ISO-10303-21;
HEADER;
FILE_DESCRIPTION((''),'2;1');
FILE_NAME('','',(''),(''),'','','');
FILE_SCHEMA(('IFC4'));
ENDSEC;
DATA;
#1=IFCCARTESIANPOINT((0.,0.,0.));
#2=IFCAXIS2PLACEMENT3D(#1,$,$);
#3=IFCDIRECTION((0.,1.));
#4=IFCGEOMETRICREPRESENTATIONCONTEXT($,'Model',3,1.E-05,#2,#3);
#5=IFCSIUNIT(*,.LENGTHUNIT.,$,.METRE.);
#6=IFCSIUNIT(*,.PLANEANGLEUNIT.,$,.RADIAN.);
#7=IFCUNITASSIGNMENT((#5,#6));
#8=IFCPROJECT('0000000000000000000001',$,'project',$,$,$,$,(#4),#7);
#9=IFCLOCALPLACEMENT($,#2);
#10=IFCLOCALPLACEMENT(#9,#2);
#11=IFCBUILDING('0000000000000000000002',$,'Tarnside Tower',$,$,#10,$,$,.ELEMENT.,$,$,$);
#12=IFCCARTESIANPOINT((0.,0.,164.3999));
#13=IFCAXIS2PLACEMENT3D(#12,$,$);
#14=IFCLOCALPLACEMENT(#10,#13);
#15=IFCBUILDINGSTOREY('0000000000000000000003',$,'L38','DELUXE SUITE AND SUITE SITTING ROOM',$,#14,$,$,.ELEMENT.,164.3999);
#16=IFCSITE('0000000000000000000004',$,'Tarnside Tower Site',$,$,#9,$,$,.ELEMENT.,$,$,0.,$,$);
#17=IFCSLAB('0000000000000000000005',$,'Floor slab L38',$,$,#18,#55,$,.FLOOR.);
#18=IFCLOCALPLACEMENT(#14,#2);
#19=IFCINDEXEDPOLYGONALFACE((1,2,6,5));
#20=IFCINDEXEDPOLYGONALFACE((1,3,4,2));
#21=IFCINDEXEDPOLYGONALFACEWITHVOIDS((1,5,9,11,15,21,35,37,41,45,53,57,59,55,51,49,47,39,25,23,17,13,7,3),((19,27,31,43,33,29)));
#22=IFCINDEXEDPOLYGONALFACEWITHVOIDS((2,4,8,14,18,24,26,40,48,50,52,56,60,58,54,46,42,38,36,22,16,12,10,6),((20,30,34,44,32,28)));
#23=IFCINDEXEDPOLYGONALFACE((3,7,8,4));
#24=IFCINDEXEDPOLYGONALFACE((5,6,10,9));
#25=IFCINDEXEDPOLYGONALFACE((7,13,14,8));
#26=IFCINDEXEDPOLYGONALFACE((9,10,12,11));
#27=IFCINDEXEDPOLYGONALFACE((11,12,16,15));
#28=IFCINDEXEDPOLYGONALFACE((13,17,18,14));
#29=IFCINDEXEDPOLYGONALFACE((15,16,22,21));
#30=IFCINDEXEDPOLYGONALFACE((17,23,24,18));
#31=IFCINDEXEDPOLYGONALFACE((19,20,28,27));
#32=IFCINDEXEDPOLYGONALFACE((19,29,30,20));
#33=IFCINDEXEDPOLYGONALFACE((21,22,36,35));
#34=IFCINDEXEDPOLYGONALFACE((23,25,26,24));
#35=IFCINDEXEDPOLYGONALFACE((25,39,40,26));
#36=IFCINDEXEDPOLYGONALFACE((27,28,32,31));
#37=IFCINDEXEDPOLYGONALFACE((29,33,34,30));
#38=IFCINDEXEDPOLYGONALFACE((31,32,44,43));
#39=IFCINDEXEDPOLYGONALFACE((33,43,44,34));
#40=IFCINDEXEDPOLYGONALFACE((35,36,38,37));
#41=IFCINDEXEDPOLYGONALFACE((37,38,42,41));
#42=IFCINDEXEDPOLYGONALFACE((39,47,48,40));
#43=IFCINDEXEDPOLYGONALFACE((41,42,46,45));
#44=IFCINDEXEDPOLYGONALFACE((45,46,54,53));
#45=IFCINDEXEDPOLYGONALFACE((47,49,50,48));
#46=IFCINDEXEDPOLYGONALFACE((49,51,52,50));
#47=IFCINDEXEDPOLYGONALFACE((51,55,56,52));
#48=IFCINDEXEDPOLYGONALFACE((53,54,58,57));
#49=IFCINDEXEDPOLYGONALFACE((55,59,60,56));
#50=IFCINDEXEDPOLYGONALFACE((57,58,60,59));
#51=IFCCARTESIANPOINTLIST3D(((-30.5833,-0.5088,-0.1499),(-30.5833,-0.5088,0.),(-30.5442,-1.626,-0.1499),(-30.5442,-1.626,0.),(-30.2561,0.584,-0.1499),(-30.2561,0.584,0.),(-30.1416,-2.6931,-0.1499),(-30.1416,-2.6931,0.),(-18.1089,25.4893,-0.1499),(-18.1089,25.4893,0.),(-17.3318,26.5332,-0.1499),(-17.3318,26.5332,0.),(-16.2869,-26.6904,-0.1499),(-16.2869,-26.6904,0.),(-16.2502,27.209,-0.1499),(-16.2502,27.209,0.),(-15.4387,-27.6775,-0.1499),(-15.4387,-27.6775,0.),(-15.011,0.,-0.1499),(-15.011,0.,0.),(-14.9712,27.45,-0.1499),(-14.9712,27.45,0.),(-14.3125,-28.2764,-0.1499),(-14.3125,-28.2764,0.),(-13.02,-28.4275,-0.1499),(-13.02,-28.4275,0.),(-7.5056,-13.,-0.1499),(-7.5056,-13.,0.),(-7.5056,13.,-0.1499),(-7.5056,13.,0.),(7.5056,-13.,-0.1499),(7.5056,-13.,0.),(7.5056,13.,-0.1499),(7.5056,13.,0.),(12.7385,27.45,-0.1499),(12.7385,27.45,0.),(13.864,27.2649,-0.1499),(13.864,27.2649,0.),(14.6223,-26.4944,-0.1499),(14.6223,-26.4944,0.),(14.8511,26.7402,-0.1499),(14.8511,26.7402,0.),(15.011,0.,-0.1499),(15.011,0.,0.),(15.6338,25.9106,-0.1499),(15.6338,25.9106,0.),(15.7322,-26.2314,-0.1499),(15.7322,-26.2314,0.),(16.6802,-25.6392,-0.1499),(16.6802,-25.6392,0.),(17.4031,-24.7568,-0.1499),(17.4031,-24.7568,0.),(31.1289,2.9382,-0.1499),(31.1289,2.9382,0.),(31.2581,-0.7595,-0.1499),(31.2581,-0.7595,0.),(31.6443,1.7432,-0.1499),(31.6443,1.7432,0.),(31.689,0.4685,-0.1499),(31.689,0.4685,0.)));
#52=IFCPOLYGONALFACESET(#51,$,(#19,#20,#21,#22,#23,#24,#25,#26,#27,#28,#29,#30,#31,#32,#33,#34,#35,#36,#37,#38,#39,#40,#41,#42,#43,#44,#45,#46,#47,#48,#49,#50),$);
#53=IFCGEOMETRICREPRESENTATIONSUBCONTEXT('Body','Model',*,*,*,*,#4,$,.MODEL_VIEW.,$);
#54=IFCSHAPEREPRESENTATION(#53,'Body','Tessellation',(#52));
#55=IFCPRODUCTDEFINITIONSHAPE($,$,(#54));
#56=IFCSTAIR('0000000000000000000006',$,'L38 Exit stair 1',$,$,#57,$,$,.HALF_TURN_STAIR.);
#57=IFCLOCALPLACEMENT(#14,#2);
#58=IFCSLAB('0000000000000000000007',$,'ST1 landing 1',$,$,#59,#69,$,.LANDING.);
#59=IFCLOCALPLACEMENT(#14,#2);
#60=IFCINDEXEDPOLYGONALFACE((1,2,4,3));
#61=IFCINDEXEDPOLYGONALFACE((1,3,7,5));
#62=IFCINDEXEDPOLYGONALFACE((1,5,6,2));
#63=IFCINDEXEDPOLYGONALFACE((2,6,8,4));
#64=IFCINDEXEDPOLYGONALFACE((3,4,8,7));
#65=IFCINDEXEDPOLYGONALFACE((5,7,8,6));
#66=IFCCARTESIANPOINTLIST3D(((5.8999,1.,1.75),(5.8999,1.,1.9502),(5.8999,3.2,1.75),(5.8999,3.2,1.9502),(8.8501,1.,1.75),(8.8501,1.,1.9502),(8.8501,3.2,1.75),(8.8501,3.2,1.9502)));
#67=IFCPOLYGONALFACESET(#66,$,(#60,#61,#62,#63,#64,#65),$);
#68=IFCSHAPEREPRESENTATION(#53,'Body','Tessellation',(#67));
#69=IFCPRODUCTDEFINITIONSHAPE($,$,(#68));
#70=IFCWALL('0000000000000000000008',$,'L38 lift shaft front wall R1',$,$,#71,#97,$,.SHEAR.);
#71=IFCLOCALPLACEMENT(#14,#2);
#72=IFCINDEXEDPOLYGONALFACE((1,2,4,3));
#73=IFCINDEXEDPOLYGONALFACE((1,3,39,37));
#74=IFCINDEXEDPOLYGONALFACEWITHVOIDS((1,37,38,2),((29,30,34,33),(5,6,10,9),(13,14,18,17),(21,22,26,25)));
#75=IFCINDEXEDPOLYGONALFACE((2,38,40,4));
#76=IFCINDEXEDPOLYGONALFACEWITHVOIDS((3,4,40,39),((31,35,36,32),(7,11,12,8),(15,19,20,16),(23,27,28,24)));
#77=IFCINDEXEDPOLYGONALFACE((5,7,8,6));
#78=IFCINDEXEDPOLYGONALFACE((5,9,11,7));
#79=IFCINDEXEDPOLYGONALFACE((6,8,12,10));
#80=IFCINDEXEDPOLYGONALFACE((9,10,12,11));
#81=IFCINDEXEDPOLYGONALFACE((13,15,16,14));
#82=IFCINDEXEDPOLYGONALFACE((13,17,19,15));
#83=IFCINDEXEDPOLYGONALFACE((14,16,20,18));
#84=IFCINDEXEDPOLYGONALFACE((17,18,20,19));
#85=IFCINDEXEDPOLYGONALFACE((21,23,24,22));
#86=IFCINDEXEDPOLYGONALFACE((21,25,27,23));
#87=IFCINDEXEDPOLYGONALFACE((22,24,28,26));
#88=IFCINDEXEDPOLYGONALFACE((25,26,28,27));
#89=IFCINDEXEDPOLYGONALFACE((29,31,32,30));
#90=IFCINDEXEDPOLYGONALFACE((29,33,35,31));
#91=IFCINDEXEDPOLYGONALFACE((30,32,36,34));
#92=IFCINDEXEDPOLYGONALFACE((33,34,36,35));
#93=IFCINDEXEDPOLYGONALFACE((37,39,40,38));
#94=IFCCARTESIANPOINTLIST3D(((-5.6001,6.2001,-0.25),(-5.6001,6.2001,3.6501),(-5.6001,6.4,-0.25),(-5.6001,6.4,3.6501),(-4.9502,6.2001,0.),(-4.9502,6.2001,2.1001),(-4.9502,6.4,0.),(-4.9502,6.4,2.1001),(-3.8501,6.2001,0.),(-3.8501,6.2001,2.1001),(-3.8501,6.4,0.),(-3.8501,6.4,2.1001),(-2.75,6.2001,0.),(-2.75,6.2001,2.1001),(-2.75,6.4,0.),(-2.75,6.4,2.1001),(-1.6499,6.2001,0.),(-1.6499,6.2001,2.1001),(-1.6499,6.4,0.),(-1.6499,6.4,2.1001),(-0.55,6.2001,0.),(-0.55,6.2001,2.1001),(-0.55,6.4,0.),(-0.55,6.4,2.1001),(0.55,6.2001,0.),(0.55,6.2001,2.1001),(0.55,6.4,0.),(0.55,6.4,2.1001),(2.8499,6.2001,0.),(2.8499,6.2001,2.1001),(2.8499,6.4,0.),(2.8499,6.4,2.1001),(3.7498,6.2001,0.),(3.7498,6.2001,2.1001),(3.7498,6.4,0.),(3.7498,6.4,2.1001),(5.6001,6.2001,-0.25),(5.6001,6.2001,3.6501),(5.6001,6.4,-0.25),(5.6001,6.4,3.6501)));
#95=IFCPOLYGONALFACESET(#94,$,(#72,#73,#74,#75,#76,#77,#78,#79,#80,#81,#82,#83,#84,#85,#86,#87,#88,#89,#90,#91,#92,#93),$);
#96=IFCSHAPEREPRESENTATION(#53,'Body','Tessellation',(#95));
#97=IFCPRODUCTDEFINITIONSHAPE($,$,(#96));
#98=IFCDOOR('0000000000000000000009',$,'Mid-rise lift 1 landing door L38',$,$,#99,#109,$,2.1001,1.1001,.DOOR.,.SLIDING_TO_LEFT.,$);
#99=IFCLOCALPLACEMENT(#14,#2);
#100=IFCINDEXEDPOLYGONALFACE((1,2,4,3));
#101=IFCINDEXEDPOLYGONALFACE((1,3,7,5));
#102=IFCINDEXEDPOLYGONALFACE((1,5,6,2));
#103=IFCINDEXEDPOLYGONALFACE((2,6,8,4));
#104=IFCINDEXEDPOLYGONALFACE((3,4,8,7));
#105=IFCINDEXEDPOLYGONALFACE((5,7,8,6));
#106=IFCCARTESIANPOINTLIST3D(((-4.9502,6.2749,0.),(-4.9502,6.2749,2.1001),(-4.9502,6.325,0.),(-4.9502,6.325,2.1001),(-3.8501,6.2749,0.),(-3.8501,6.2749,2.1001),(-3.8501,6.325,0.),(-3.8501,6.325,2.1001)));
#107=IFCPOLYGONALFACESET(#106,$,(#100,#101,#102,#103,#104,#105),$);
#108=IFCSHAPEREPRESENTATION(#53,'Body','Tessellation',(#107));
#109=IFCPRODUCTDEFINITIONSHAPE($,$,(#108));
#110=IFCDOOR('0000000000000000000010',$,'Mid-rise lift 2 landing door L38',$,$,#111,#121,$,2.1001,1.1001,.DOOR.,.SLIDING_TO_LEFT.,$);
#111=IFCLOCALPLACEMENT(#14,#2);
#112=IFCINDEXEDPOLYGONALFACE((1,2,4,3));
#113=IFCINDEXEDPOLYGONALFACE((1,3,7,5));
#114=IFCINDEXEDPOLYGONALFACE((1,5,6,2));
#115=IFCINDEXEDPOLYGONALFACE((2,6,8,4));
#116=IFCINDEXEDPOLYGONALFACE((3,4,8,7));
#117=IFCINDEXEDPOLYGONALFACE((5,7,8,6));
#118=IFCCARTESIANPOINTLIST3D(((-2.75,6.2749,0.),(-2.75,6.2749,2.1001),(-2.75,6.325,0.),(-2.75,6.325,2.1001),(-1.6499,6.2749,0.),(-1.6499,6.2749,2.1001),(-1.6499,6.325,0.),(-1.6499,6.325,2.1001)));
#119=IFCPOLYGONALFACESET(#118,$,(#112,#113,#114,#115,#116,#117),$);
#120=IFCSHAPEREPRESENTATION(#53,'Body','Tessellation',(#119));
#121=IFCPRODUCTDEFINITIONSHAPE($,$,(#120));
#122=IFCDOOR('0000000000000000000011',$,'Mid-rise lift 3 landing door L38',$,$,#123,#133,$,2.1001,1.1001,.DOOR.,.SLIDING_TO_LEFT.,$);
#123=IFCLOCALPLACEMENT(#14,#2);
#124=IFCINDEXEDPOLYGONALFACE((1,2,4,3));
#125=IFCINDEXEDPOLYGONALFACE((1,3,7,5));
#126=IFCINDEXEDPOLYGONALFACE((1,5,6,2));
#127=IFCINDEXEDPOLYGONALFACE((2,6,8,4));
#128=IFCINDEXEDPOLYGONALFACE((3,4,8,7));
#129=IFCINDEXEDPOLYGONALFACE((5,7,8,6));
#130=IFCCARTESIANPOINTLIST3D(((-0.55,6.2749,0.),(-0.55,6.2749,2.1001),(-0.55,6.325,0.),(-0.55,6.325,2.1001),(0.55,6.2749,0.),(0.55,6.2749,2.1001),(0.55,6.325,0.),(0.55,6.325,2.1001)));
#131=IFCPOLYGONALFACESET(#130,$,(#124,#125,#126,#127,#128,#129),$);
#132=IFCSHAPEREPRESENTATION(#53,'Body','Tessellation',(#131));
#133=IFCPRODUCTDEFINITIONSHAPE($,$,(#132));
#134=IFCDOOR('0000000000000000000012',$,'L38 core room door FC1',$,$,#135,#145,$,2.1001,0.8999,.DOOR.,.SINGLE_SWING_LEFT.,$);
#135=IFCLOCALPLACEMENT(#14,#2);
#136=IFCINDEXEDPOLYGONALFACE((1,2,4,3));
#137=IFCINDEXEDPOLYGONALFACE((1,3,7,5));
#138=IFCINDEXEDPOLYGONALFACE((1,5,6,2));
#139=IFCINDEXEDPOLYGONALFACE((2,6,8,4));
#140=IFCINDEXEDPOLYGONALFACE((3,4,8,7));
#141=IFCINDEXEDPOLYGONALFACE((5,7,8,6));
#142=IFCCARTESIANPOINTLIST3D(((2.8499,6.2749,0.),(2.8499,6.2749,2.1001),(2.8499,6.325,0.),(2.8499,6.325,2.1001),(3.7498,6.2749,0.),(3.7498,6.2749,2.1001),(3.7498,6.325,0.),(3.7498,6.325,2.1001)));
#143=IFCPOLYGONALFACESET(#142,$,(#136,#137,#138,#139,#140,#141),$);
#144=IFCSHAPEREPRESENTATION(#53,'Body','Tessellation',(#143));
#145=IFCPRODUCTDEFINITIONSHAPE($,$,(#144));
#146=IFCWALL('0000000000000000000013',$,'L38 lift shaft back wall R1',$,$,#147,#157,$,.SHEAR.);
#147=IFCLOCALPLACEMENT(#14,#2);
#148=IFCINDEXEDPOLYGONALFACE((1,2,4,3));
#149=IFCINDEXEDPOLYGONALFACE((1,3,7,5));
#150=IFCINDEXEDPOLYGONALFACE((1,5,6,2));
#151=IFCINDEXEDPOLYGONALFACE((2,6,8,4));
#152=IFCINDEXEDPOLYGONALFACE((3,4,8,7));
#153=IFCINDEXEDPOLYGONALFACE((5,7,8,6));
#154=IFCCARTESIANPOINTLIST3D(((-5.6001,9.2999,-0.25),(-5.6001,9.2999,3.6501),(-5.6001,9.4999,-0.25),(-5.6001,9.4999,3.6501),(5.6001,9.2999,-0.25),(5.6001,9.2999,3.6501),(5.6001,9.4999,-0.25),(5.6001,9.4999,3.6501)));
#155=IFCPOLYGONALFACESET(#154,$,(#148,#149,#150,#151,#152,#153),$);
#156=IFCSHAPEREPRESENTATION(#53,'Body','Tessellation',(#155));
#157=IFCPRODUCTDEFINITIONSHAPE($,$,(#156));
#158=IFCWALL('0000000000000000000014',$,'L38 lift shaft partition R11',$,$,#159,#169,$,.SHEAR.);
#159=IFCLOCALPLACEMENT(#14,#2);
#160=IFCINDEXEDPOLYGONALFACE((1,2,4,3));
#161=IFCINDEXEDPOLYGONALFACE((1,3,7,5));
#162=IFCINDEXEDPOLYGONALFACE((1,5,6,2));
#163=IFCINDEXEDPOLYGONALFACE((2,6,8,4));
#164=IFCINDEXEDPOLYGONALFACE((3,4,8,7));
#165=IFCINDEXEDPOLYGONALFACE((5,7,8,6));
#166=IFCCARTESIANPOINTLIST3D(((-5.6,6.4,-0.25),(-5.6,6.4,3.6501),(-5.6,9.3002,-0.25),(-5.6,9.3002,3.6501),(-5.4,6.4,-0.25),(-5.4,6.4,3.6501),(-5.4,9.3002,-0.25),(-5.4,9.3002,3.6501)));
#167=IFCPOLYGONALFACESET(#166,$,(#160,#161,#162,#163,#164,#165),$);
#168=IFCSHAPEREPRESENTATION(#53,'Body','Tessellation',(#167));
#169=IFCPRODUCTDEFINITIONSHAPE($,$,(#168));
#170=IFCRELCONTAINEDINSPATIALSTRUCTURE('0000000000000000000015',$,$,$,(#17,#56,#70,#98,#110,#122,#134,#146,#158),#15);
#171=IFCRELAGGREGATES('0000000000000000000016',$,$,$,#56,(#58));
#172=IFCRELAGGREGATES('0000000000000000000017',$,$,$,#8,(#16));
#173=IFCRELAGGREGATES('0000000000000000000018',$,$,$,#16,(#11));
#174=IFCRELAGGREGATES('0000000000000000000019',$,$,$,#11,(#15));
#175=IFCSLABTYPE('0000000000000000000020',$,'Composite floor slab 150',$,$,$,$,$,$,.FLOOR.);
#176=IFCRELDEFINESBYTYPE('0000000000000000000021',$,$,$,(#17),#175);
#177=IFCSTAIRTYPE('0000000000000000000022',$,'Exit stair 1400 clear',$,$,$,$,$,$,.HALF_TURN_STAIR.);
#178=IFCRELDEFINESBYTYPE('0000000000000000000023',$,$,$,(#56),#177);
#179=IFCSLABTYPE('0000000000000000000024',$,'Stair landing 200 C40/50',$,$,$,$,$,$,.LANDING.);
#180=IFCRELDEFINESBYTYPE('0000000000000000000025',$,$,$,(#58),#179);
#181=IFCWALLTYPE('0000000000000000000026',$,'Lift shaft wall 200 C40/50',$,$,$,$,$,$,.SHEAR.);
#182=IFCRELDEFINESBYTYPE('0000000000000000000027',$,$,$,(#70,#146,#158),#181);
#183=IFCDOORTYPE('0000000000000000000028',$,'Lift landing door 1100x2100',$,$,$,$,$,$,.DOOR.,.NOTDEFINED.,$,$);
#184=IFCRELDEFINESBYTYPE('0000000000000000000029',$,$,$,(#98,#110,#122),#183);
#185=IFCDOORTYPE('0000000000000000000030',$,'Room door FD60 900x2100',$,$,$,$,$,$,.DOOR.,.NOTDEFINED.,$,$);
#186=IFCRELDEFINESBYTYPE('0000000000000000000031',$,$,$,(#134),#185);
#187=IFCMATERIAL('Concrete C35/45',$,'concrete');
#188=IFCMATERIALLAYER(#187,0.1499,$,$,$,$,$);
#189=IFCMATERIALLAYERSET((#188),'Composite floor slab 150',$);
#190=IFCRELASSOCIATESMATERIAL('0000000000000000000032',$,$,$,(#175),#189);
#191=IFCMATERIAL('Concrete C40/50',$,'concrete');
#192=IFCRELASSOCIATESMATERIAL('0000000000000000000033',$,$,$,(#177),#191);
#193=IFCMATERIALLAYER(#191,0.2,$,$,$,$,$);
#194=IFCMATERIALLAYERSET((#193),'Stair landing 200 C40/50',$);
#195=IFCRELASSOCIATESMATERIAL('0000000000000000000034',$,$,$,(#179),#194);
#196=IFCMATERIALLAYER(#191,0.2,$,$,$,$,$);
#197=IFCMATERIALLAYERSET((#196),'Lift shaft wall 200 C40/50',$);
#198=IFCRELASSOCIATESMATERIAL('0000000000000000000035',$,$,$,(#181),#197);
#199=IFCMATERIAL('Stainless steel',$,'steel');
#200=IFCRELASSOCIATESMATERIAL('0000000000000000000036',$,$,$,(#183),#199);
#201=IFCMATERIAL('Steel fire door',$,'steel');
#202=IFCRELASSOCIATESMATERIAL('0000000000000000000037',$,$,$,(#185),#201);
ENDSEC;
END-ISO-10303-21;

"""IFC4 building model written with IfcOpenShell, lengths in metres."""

from ifc_helpers import new_model, si_unit, direction, frame, frame_2d, origin, place, context, subcontext, project, spatial, polyline, rectangle, outline, extrude, material, layer, layer_set, type_object, element, fill, aggregate, save


model = new_model("IFC4")

# Units and contexts
model_context = context("Model", 3, precision=1e-05, world=origin(), true_north=direction((0.0, 1.0)))
body_context = subcontext(model_context, "Body", "Model", "MODEL_VIEW")
ifc_project = project(units=[si_unit("LENGTHUNIT", "METRE"), si_unit("PLANEANGLEUNIT", "RADIAN")], contexts=[model_context])

# Site, building, storey
site_placement = place(None, origin())
site = spatial("IfcSite", under=ifc_project, at=site_placement, Name="Tarnside Tower Site", CompositionType="ELEMENT", RefElevation=0.0)
building_placement = place(site_placement, origin())
building = spatial("IfcBuilding", under=site, at=building_placement, Name="Tarnside Tower", CompositionType="ELEMENT")
storey_placement = place(building_placement, frame((0.0, 0.0, 164.3999)))
storey = spatial("IfcBuildingStorey", under=building, at=storey_placement, Name="L38", Description="DELUXE SUITE AND SUITE SITTING ROOM", CompositionType="ELEMENT", Elevation=164.3999)

# Slab
ifc_material_1 = material(Name="Concrete C35/45", Category="concrete")
ifc_layer_1 = layer(ifc_material_1, 0.1499)
ifc_layer_set_1 = layer_set([ifc_layer_1], Name="Composite floor slab 150")
slab_type_1 = type_object("IfcSlabType", Name="Composite floor slab 150", PredefinedType="FLOOR", material=ifc_layer_set_1)
slab_1_placement = place(storey_placement, frame((0.0, 0.0, -0.1499)))
element("IfcSlab", 1, at=slab_1_placement, inside=storey, type_object=slab_type_1, Name="Floor slab L38", PredefinedType="FLOOR", context=body_context, shape_type="SweptSolid", body=[
    extrude(outline(polyline([(13.864, 27.2649), (14.8511, 26.7402), (15.6338, 25.9106), (31.1289, 2.9382), (31.6443, 1.7432), (31.689, 0.4685), (31.2581, -0.7595), (17.4031, -24.7568), (16.6802, -25.6392), (15.7322, -26.2314), (14.6223, -26.4944), (-13.02, -28.4275), (-14.3125, -28.2764), (-15.4387, -27.6775), (-16.2869, -26.6904), (-30.1416, -2.6931), (-30.5442, -1.626), (-30.5833, -0.5088), (-30.2561, 0.584), (-18.1089, 25.4893), (-17.3318, 26.5332), (-16.2502, 27.209), (-14.9712, 27.45), (12.7385, 27.45), (13.864, 27.2649)]), holes=[polyline([(-15.011, 0.0), (-7.5056, -13.0), (7.5056, -13.0), (15.011, 0.0), (7.5056, 13.0), (-7.5056, 13.0), (-15.011, 0.0)])]), origin(), (0.0, 0.0, 1.0), 0.1499),
])

# Stair, slab
ifc_material_2 = material(Name="Concrete C40/50", Category="concrete")
stair_type = type_object("IfcStairType", Name="Exit stair 1400 clear", PredefinedType="HALF_TURN_STAIR", material=ifc_material_2)
stair_placement = place(storey_placement, origin())
stair = element("IfcStair", 2, at=stair_placement, inside=storey, type_object=stair_type, Name="L38 Exit stair 1", PredefinedType="HALF_TURN_STAIR")
ifc_layer_2 = layer(ifc_material_2, 0.2)
ifc_layer_set_2 = layer_set([ifc_layer_2], Name="Stair landing 200 C40/50")
slab_type_2 = type_object("IfcSlabType", Name="Stair landing 200 C40/50", PredefinedType="LANDING", material=ifc_layer_set_2)
slab_2_placement = place(storey_placement, frame((0.0, 0.0, 1.75)))
slab_2 = element("IfcSlab", 3, at=slab_2_placement, type_object=slab_type_2, Name="ST1 landing 1", PredefinedType="LANDING", context=body_context, shape_type="SweptSolid", body=[
    extrude(outline(polyline([(8.8501, 1.0), (8.8501, 3.2), (5.8999, 3.2), (5.8999, 1.0), (8.8501, 1.0)])), origin(), (0.0, 0.0, 1.0), 0.2002),
])
aggregate(stair, [slab_2])

# Wall, openings, doors
ifc_layer_3 = layer(ifc_material_2, 0.2)
ifc_layer_set_3 = layer_set([ifc_layer_3], Name="Lift shaft wall 200 C40/50")
wall_type = type_object("IfcWallType", Name="Lift shaft wall 200 C40/50", PredefinedType="SHEAR", material=ifc_layer_set_3)
wall_1_placement = place(storey_placement, frame((-5.6001, 6.3, -0.25), z_axis=(0.0, 0.0, 1.0), x_axis=(1.0, 0.0, 0.0)))
wall_1 = element("IfcWall", 4, at=wall_1_placement, inside=storey, type_object=wall_type, Name="L38 lift shaft front wall R1", PredefinedType="SHEAR", context=body_context, shape_type="SweptSolid", body=[
    extrude(rectangle(XDim=11.2002, YDim=0.2, at=frame_2d((5.6001, 0.0))), origin(), (0.0, 0.0, 1.0), 3.9001),
])
opening_1_placement = place(wall_1_placement, frame((8.45, 0.0, 0.25)))
opening_1 = element("IfcOpeningElement", 5, at=opening_1_placement, cuts=wall_1, PredefinedType="OPENING", context=body_context, shape_type="SweptSolid", body=[
    extrude(rectangle(XDim=0.8999, YDim=2.1001, at=frame_2d((0.45, 1.05))), frame((0.0, 0.1099, 0.0), z_axis=(0.0, -1.0, 0.0), x_axis=(1.0, 0.0, 0.0)), (0.0, 0.0, 1.0), 0.22),
])
opening_2_placement = place(wall_1_placement, frame((0.6499, 0.0, 0.25)))
opening_2 = element("IfcOpeningElement", 6, at=opening_2_placement, cuts=wall_1, PredefinedType="OPENING", context=body_context, shape_type="SweptSolid", body=[
    extrude(rectangle(XDim=1.1001, YDim=2.1001, at=frame_2d((0.55, 1.05))), frame((0.0, 0.1099, 0.0), z_axis=(0.0, -1.0, 0.0), x_axis=(1.0, 0.0, 0.0)), (0.0, 0.0, 1.0), 0.22),
])
opening_3_placement = place(wall_1_placement, frame((2.8501, 0.0, 0.25)))
opening_3 = element("IfcOpeningElement", 7, at=opening_3_placement, cuts=wall_1, PredefinedType="OPENING", context=body_context, shape_type="SweptSolid", body=[
    extrude(rectangle(XDim=1.1001, YDim=2.1001, at=frame_2d((0.55, 1.05))), frame((0.0, 0.1099, 0.0), z_axis=(0.0, -1.0, 0.0), x_axis=(1.0, 0.0, 0.0)), (0.0, 0.0, 1.0), 0.22),
])
opening_4_placement = place(wall_1_placement, frame((5.05, 0.0, 0.25)))
opening_4 = element("IfcOpeningElement", 8, at=opening_4_placement, cuts=wall_1, PredefinedType="OPENING", context=body_context, shape_type="SweptSolid", body=[
    extrude(rectangle(XDim=1.1001, YDim=2.1001, at=frame_2d((0.55, 1.05))), frame((0.0, 0.1099, 0.0), z_axis=(0.0, -1.0, 0.0), x_axis=(1.0, 0.0, 0.0)), (0.0, 0.0, 1.0), 0.22),
])
ifc_material_3 = material(Name="Stainless steel", Category="steel")
door_type_1 = type_object("IfcDoorType", Name="Lift landing door 1100x2100", OperationType="NOTDEFINED", PredefinedType="DOOR", material=ifc_material_3)
door_1_placement = place(opening_2_placement, origin())
door_1 = element("IfcDoor", 9, at=door_1_placement, inside=storey, type_object=door_type_1, Name="Mid-rise lift 1 landing door L38", OperationType="SLIDING_TO_LEFT", OverallHeight=2.1001, OverallWidth=1.1001, PredefinedType="DOOR", context=body_context, shape_type="SweptSolid", body=[
    extrude(rectangle(XDim=1.1001, YDim=2.1001, at=frame_2d((0.55, 1.05))), frame((0.0, 0.0249, 0.0), z_axis=(0.0, -1.0, 0.0), x_axis=(1.0, 0.0, 0.0)), (0.0, 0.0, 1.0), 0.05),
])
fill(opening_2, door_1)
door_2_placement = place(opening_3_placement, origin())
door_2 = element("IfcDoor", 10, at=door_2_placement, inside=storey, type_object=door_type_1, Name="Mid-rise lift 2 landing door L38", OperationType="SLIDING_TO_LEFT", OverallHeight=2.1001, OverallWidth=1.1001, PredefinedType="DOOR", context=body_context, shape_type="SweptSolid", body=[
    extrude(rectangle(XDim=1.1001, YDim=2.1001, at=frame_2d((0.55, 1.05))), frame((0.0, 0.0249, 0.0), z_axis=(0.0, -1.0, 0.0), x_axis=(1.0, 0.0, 0.0)), (0.0, 0.0, 1.0), 0.05),
])
fill(opening_3, door_2)
door_3_placement = place(opening_4_placement, origin())
door_3 = element("IfcDoor", 11, at=door_3_placement, inside=storey, type_object=door_type_1, Name="Mid-rise lift 3 landing door L38", OperationType="SLIDING_TO_LEFT", OverallHeight=2.1001, OverallWidth=1.1001, PredefinedType="DOOR", context=body_context, shape_type="SweptSolid", body=[
    extrude(rectangle(XDim=1.1001, YDim=2.1001, at=frame_2d((0.55, 1.05))), frame((0.0, 0.0249, 0.0), z_axis=(0.0, -1.0, 0.0), x_axis=(1.0, 0.0, 0.0)), (0.0, 0.0, 1.0), 0.05),
])
fill(opening_4, door_3)
ifc_material_4 = material(Name="Steel fire door", Category="steel")
door_type_2 = type_object("IfcDoorType", Name="Room door FD60 900x2100", OperationType="NOTDEFINED", PredefinedType="DOOR", material=ifc_material_4)
door_4_placement = place(opening_1_placement, origin())
door_4 = element("IfcDoor", 12, at=door_4_placement, inside=storey, type_object=door_type_2, Name="L38 core room door FC1", OperationType="SINGLE_SWING_LEFT", OverallHeight=2.1001, OverallWidth=0.8999, PredefinedType="DOOR", context=body_context, shape_type="SweptSolid", body=[
    extrude(rectangle(XDim=0.8999, YDim=2.1001, at=frame_2d((0.45, 1.05))), frame((0.0, 0.0249, 0.0), z_axis=(0.0, -1.0, 0.0), x_axis=(1.0, 0.0, 0.0)), (0.0, 0.0, 1.0), 0.05),
])
fill(opening_1, door_4)

# Walls
wall_2_placement = place(storey_placement, frame((-5.6001, 9.3999, -0.25), z_axis=(0.0, 0.0, 1.0), x_axis=(1.0, 0.0, 0.0)))
element("IfcWall", 13, at=wall_2_placement, inside=storey, type_object=wall_type, Name="L38 lift shaft back wall R1", PredefinedType="SHEAR", context=body_context, shape_type="SweptSolid", body=[
    extrude(rectangle(XDim=11.2002, YDim=0.2, at=frame_2d((5.6001, 0.0))), origin(), (0.0, 0.0, 1.0), 3.9001),
])
for number, where, z_axis, x_axis, name in (
    (14, (-5.5, 6.3999, -0.25), (0.0, 0.0, 1.0), (0.0, 1.0, 0.0), "L38 lift shaft partition R11"),
):
    element("IfcWall", number, at=place(storey_placement, frame(where, z_axis=z_axis, x_axis=x_axis)), inside=storey, type_object=wall_type, Name=name, PredefinedType="SHEAR", context=body_context, shape_type="SweptSolid", body=[
        extrude(rectangle(XDim=2.9001, YDim=0.2, at=frame_2d((1.4502, 0.0))), origin(), (0.0, 0.0, 1.0), 3.9001),
    ])

save(model, "model.ifc")
